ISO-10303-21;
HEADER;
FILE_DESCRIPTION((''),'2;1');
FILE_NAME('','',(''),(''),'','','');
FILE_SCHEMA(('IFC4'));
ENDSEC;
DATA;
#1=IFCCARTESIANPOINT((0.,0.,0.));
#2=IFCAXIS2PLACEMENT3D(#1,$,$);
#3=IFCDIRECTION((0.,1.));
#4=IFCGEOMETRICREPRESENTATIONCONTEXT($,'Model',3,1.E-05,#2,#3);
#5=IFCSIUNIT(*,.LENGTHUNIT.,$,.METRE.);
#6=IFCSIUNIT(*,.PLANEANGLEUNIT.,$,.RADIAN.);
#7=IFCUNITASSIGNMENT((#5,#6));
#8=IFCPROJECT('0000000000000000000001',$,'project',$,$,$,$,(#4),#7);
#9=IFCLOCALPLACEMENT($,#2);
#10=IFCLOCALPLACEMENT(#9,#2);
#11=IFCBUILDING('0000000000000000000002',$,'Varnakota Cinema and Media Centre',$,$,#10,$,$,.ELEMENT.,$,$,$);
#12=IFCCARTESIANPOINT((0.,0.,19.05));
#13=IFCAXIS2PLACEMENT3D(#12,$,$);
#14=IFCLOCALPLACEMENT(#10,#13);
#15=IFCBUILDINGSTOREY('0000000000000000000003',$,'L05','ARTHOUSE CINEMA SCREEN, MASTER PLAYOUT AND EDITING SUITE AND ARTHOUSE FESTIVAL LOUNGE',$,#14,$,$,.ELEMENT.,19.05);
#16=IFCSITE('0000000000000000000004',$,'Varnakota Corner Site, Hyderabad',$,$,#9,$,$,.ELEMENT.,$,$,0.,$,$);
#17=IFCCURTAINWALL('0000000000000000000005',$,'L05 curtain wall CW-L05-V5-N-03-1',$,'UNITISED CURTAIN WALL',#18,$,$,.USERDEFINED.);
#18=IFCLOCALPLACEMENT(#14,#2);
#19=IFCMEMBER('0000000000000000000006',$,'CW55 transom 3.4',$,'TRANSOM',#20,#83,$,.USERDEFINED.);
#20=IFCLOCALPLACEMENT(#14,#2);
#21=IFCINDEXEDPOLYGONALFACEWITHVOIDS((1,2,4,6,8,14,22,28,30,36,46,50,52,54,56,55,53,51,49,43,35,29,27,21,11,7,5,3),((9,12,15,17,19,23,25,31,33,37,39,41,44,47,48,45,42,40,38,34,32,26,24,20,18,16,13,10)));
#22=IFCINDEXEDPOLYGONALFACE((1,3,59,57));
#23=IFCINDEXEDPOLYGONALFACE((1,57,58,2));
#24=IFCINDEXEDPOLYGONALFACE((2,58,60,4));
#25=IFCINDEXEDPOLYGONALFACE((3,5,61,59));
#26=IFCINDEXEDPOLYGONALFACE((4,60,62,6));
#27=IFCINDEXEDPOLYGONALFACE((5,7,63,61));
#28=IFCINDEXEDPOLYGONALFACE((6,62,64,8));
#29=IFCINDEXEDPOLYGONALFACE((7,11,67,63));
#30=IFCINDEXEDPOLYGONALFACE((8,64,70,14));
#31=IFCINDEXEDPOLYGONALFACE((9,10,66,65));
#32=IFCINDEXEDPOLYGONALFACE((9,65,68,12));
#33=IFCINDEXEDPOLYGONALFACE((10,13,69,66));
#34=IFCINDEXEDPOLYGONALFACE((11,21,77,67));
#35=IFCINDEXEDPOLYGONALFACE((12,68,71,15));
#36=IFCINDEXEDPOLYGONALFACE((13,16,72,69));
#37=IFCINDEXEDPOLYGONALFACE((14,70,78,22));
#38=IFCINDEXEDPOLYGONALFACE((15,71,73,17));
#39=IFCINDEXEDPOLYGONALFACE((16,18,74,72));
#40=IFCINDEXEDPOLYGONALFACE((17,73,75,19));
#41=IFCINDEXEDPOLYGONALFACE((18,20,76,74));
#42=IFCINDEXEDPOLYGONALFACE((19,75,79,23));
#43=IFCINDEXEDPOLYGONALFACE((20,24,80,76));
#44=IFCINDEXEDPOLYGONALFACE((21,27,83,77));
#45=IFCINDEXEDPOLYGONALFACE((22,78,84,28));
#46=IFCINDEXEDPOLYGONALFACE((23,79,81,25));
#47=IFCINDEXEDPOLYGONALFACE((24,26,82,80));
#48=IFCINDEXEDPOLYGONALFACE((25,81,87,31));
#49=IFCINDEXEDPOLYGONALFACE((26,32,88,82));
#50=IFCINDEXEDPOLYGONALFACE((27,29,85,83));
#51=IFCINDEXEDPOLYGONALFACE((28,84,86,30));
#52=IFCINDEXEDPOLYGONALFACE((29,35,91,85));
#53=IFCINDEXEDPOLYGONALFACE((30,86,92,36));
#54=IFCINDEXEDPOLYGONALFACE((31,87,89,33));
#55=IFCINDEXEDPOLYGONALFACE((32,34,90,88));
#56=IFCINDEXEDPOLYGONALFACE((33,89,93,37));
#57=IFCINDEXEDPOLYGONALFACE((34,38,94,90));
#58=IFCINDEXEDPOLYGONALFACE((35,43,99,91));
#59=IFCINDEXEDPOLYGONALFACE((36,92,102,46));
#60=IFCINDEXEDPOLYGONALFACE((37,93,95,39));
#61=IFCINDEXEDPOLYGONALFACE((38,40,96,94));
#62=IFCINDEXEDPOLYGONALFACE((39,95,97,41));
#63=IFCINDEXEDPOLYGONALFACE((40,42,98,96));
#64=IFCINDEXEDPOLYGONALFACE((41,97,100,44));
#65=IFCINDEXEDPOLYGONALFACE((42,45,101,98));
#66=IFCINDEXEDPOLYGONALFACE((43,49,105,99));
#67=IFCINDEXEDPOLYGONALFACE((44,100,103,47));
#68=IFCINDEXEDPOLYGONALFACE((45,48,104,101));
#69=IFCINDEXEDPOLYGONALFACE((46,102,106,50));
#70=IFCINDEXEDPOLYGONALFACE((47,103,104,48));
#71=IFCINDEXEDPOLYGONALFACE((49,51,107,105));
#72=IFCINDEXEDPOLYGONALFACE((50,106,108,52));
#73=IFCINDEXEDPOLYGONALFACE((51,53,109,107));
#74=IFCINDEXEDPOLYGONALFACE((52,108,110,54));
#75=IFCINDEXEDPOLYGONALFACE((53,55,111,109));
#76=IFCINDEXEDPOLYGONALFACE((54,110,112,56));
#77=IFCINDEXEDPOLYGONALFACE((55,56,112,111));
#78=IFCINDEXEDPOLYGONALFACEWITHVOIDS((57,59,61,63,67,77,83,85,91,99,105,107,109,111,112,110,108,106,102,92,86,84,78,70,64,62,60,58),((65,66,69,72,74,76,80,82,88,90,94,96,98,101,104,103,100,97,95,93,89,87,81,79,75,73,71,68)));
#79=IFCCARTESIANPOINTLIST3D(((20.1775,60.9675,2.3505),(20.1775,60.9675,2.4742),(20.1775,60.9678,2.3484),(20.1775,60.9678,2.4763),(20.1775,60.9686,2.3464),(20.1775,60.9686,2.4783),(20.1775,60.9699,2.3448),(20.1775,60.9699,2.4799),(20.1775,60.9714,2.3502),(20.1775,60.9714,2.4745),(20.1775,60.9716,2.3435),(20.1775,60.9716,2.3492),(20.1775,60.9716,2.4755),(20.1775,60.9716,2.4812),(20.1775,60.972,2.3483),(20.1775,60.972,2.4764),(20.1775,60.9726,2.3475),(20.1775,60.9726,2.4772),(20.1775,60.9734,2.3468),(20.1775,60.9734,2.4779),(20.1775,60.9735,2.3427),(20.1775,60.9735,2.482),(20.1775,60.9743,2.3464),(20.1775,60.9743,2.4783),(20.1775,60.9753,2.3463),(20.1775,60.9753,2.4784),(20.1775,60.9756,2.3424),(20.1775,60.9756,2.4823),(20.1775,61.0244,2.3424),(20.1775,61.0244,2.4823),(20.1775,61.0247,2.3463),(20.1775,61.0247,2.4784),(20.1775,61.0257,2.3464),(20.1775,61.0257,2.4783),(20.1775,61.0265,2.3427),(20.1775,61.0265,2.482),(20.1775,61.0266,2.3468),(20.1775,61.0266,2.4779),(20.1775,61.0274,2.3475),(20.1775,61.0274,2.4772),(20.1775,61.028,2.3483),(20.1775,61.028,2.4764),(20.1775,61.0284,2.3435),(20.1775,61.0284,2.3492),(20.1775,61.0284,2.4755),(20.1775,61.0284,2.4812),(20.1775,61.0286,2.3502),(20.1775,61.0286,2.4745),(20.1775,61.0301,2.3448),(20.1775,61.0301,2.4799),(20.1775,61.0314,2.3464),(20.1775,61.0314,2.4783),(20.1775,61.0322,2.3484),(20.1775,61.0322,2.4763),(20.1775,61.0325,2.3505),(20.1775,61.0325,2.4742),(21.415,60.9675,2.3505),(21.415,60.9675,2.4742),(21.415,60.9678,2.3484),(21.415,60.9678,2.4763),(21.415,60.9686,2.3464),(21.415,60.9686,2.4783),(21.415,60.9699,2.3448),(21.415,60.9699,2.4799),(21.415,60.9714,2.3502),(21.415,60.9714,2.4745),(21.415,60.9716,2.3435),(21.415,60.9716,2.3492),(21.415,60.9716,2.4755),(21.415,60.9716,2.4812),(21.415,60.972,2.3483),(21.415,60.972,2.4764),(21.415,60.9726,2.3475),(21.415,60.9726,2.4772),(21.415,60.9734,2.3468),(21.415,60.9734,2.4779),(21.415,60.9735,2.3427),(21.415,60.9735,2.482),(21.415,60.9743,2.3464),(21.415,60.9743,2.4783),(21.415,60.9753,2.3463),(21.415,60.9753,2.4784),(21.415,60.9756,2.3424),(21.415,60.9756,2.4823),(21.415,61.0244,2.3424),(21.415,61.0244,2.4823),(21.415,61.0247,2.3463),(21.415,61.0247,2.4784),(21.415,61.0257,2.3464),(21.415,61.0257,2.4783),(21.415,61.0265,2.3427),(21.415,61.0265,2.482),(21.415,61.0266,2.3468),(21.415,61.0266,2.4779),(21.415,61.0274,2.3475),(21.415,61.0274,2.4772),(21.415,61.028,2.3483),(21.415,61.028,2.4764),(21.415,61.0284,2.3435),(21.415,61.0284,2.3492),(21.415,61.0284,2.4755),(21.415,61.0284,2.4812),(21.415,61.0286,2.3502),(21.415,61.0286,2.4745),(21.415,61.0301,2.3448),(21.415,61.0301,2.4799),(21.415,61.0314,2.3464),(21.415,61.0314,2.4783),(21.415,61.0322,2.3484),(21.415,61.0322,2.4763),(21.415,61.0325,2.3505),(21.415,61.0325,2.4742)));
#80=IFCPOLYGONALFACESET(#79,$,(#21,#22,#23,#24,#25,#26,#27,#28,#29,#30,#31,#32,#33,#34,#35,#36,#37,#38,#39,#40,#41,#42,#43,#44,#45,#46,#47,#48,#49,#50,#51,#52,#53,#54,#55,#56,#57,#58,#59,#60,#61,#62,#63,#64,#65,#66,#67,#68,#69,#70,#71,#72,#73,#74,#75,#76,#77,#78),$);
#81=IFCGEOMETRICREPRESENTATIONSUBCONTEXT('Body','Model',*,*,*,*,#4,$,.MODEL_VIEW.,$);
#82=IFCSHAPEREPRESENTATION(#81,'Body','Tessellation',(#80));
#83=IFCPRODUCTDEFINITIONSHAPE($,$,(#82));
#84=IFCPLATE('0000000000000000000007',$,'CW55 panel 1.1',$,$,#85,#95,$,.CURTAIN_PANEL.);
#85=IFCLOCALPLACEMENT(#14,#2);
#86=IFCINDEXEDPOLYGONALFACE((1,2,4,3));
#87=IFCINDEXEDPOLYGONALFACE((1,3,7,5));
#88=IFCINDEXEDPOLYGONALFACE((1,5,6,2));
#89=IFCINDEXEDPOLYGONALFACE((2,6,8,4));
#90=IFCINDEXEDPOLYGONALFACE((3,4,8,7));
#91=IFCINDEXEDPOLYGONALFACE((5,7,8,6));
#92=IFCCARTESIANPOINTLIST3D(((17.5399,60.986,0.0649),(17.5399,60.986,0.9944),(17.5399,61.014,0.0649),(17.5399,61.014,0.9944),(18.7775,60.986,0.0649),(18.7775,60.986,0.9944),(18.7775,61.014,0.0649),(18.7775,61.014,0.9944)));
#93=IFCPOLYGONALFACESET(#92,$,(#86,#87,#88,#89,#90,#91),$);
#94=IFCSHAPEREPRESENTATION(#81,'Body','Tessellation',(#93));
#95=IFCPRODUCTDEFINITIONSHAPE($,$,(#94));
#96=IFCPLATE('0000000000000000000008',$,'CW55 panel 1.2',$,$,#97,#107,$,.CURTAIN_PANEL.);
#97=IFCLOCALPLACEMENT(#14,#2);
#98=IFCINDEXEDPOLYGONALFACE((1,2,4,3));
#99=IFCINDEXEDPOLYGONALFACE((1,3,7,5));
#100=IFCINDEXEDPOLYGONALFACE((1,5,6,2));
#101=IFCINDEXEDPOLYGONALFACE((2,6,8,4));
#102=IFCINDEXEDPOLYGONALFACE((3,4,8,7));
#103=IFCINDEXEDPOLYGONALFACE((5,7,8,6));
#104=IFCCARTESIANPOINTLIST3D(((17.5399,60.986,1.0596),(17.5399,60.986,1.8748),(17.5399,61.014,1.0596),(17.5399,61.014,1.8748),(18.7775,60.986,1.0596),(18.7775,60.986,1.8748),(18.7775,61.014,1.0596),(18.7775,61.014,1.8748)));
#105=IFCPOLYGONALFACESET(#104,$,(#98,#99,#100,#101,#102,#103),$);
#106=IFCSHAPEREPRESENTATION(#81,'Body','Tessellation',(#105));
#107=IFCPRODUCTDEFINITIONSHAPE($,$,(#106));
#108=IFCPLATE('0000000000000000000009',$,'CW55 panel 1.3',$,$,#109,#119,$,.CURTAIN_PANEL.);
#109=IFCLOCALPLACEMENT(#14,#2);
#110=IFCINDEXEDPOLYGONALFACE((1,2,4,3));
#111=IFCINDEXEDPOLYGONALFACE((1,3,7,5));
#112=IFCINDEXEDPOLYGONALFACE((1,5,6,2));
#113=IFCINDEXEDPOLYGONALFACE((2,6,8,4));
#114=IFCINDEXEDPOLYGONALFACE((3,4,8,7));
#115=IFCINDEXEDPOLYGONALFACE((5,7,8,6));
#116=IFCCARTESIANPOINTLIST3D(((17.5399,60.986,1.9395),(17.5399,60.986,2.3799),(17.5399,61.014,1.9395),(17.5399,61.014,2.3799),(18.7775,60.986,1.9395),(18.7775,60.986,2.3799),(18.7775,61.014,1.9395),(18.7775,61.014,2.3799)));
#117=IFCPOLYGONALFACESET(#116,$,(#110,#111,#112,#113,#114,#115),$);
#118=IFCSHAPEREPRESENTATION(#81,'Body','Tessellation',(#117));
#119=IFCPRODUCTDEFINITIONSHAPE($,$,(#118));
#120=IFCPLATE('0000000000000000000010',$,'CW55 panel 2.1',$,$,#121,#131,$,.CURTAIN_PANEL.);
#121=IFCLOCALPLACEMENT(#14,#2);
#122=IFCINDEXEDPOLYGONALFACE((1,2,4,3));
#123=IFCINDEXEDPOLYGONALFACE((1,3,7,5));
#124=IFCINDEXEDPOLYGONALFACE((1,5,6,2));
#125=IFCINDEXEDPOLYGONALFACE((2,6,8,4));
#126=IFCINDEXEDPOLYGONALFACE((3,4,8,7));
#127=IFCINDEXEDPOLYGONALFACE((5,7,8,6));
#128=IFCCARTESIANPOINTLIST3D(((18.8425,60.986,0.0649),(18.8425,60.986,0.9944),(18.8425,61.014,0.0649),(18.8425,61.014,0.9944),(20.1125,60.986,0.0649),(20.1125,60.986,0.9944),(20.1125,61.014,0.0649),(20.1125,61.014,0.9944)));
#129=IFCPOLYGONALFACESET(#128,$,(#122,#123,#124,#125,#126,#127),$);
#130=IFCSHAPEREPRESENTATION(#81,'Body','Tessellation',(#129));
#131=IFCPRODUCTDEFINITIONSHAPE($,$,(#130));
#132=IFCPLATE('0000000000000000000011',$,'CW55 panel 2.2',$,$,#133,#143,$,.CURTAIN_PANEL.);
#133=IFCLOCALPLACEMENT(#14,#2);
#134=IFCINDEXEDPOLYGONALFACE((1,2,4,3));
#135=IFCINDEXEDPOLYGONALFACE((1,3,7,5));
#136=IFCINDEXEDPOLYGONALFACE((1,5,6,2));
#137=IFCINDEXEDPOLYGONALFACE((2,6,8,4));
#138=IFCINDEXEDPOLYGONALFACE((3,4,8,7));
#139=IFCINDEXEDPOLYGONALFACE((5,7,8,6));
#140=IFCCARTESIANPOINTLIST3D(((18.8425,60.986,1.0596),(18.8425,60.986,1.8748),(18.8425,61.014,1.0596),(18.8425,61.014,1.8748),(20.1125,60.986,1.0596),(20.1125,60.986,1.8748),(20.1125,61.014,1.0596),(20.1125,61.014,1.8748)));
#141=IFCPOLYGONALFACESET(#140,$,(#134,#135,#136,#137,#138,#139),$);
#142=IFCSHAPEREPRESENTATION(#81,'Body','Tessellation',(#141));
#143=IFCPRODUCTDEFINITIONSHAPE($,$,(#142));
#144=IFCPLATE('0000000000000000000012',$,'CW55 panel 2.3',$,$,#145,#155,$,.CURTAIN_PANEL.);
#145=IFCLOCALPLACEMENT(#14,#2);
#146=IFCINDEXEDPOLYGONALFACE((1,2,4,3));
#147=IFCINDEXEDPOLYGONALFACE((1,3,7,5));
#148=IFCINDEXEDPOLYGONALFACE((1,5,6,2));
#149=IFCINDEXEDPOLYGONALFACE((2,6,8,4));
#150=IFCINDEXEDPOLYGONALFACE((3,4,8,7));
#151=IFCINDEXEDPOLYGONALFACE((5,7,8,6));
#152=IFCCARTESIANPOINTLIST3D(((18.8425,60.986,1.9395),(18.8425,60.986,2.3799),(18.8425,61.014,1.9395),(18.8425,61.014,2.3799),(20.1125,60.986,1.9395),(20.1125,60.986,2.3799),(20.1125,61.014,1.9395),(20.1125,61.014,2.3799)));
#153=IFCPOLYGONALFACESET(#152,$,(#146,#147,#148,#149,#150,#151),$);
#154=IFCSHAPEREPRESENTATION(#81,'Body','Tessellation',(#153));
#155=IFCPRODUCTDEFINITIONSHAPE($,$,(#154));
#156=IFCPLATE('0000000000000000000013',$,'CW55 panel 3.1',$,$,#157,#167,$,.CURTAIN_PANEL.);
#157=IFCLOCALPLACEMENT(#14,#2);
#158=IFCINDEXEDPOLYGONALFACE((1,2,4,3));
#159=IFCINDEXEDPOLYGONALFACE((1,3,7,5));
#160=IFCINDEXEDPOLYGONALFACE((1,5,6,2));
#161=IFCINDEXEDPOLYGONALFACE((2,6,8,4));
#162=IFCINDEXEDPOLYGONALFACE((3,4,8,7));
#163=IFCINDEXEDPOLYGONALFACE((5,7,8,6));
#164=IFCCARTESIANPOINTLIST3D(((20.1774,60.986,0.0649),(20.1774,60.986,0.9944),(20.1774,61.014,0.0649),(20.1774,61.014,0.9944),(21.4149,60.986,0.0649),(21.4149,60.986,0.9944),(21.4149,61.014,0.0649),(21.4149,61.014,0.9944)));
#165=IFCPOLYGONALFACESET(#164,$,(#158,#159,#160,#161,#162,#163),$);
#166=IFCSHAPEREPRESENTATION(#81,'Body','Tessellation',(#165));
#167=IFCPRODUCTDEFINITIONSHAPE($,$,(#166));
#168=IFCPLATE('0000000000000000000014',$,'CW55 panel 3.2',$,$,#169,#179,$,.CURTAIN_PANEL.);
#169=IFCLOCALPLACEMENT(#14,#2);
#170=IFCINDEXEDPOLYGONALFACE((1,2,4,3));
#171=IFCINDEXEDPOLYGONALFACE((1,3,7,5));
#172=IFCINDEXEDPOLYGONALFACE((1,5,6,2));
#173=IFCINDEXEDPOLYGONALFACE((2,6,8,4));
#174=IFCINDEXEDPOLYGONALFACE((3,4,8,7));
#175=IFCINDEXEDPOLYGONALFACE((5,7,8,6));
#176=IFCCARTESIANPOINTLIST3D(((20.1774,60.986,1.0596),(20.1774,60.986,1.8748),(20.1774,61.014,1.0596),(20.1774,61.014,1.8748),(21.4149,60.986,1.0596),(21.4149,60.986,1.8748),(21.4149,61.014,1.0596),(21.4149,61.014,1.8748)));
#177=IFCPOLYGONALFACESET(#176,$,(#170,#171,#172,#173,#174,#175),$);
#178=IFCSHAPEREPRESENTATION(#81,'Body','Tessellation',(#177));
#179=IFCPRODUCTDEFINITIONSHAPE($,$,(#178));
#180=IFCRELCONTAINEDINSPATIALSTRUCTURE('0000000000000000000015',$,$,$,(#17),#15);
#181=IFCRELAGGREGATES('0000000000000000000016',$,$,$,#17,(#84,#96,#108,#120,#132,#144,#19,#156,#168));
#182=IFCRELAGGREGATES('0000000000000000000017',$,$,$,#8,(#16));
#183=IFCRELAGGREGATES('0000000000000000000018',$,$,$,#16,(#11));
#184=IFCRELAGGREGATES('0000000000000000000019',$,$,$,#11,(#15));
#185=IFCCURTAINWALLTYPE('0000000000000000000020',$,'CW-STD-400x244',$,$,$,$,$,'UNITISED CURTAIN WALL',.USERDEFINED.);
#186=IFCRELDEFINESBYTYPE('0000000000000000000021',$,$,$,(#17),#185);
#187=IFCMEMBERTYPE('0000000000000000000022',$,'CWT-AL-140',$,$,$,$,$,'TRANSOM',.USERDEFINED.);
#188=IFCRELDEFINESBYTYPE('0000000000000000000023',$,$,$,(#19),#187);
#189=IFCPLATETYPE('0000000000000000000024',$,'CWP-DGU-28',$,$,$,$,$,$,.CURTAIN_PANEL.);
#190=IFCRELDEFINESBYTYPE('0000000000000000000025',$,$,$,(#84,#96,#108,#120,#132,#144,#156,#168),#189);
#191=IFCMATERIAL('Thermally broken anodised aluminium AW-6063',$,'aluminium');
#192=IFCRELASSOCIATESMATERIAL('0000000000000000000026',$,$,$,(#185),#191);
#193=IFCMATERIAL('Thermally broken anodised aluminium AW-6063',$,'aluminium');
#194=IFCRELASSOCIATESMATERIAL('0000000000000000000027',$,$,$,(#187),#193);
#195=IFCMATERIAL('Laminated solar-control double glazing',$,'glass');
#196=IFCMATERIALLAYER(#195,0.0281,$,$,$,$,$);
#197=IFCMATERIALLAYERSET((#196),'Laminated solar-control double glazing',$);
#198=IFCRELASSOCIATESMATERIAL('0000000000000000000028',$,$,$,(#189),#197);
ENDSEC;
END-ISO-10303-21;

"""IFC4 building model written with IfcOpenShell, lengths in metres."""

from ifc_helpers import new_model, si_unit, direction, frame, origin, origin_2d, place, context, subcontext, project, spatial, rectangle, hollow_rectangle, extrude, material, layer, layer_set, material_profile, profile_set, type_object, element, aggregate, save


model = new_model("IFC4")

# Units and contexts
model_context = context("Model", 3, precision=1e-05, world=origin(), true_north=direction((0.0, 1.0)))
body_context = subcontext(model_context, "Body", "Model", "MODEL_VIEW")
ifc_project = project(units=[si_unit("LENGTHUNIT", "METRE"), si_unit("PLANEANGLEUNIT", "RADIAN")], contexts=[model_context])

# Site, building, storey
site_placement = place(None, origin())
site = spatial("IfcSite", under=ifc_project, at=site_placement, Name="Varnakota Corner Site, Hyderabad", CompositionType="ELEMENT", RefElevation=0.0)
building_placement = place(site_placement, origin())
building = spatial("IfcBuilding", under=site, at=building_placement, Name="Varnakota Cinema and Media Centre", CompositionType="ELEMENT")
storey_placement = place(building_placement, frame((0.0, 0.0, 19.05)))
storey = spatial("IfcBuildingStorey", under=building, at=storey_placement, Name="L05", Description="ARTHOUSE CINEMA SCREEN, MASTER PLAYOUT AND EDITING SUITE AND ARTHOUSE FESTIVAL LOUNGE", CompositionType="ELEMENT", Elevation=19.05)

# Curtain wall, member, plates
ifc_material_1 = material(Name="Thermally broken anodised aluminium AW-6063", Category="aluminium")
curtain_wall_type = type_object("IfcCurtainWallType", Name="CW-STD-400x244", ElementType="UNITISED CURTAIN WALL", PredefinedType="USERDEFINED", material=ifc_material_1)
curtain_wall_placement = place(storey_placement, origin())
curtain_wall = element("IfcCurtainWall", 1, at=curtain_wall_placement, inside=storey, type_object=curtain_wall_type, Name="L05 curtain wall CW-L05-V5-N-03-1", ObjectType="UNITISED CURTAIN WALL", PredefinedType="USERDEFINED")
ifc_material_2 = material(Name="Thermally broken anodised aluminium AW-6063", Category="aluminium")
ifc_material_profile_1 = material_profile(ifc_material_2, hollow_rectangle(XDim=0.0649, YDim=0.1399, WallThickness=0.0039, InnerFilletRadius=0.0039, OuterFilletRadius=0.0081, at=origin_2d()), Name="AL-TRANSOM 140x65x4")
ifc_profile_set_1 = profile_set([ifc_material_profile_1], Name="Thermally broken anodised aluminium AW-6063")
member_type_1 = type_object("IfcMemberType", Name="CWT-AL-140", ElementType="TRANSOM", PredefinedType="USERDEFINED", material=ifc_profile_set_1)
member_1_placement = place(storey_placement, frame((20.1775, 61.0, 2.4124), z_axis=(1.0, 0.0, 0.0), x_axis=(0.0, 1.0, 0.0)))
member_1 = element("IfcMember", 2, at=member_1_placement, type_object=member_type_1, Name="CW55 transom 3.4", ObjectType="TRANSOM", PredefinedType="USERDEFINED", context=body_context, shape_type="SweptSolid", body=[
    extrude(hollow_rectangle(XDim=0.0649, YDim=0.1399, WallThickness=0.0039, InnerFilletRadius=0.0039, OuterFilletRadius=0.0081, at=origin_2d()), origin(), (0.0, 0.0, 1.0), 1.2375),
])
ifc_material_3 = material(Name="Laminated solar-control double glazing", Category="glass")
ifc_layer = layer(ifc_material_3, 0.0281)
ifc_layer_set = layer_set([ifc_layer], Name="Laminated solar-control double glazing")
plate_type = type_object("IfcPlateType", Name="CWP-DGU-28", PredefinedType="CURTAIN_PANEL", material=ifc_layer_set)
plate_1_placement = place(storey_placement, frame((18.1587, 61.0, 0.0649), z_axis=(0.0, 0.0, 1.0), x_axis=(1.0, 0.0, 0.0)))
plate_1 = element("IfcPlate", 3, at=plate_1_placement, type_object=plate_type, Name="CW55 panel 1.1", PredefinedType="CURTAIN_PANEL", context=body_context, shape_type="SweptSolid", body=[
    extrude(rectangle(XDim=1.2375, YDim=0.0281, at=origin_2d()), origin(), (0.0, 0.0, 1.0), 0.9294),
])
plate_2_placement = place(storey_placement, frame((18.1587, 61.0, 1.0596), z_axis=(0.0, 0.0, 1.0), x_axis=(1.0, 0.0, 0.0)))
plate_2 = element("IfcPlate", 4, at=plate_2_placement, type_object=plate_type, Name="CW55 panel 1.2", PredefinedType="CURTAIN_PANEL", context=body_context, shape_type="SweptSolid", body=[
    extrude(rectangle(XDim=1.2375, YDim=0.0281, at=origin_2d()), origin(), (0.0, 0.0, 1.0), 0.8152),
])
plate_3_placement = place(storey_placement, frame((18.1587, 61.0, 1.9395), z_axis=(0.0, 0.0, 1.0), x_axis=(1.0, 0.0, 0.0)))
plate_3 = element("IfcPlate", 5, at=plate_3_placement, type_object=plate_type, Name="CW55 panel 1.3", PredefinedType="CURTAIN_PANEL", context=body_context, shape_type="SweptSolid", body=[
    extrude(rectangle(XDim=1.2375, YDim=0.0281, at=origin_2d()), origin(), (0.0, 0.0, 1.0), 0.4404),
])
plate_4_placement = place(storey_placement, frame((19.4775, 61.0, 0.0649), z_axis=(0.0, 0.0, 1.0), x_axis=(1.0, 0.0, 0.0)))
plate_4 = element("IfcPlate", 6, at=plate_4_placement, type_object=plate_type, Name="CW55 panel 2.1", PredefinedType="CURTAIN_PANEL", context=body_context, shape_type="SweptSolid", body=[
    extrude(rectangle(XDim=1.27, YDim=0.0281, at=origin_2d()), origin(), (0.0, 0.0, 1.0), 0.9294),
])
plate_5_placement = place(storey_placement, frame((19.4775, 61.0, 1.0596), z_axis=(0.0, 0.0, 1.0), x_axis=(1.0, 0.0, 0.0)))
plate_5 = element("IfcPlate", 7, at=plate_5_placement, type_object=plate_type, Name="CW55 panel 2.2", PredefinedType="CURTAIN_PANEL", context=body_context, shape_type="SweptSolid", body=[
    extrude(rectangle(XDim=1.27, YDim=0.0281, at=origin_2d()), origin(), (0.0, 0.0, 1.0), 0.8152),
])
plate_6_placement = place(storey_placement, frame((19.4775, 61.0, 1.9395), z_axis=(0.0, 0.0, 1.0), x_axis=(1.0, 0.0, 0.0)))
plate_6 = element("IfcPlate", 8, at=plate_6_placement, type_object=plate_type, Name="CW55 panel 2.3", PredefinedType="CURTAIN_PANEL", context=body_context, shape_type="SweptSolid", body=[
    extrude(rectangle(XDim=1.27, YDim=0.0281, at=origin_2d()), origin(), (0.0, 0.0, 1.0), 0.4404),
])
plate_7_placement = place(storey_placement, frame((20.7961, 61.0, 0.0649), z_axis=(0.0, 0.0, 1.0), x_axis=(1.0, 0.0, 0.0)))
plate_7 = element("IfcPlate", 9, at=plate_7_placement, type_object=plate_type, Name="CW55 panel 3.1", PredefinedType="CURTAIN_PANEL", context=body_context, shape_type="SweptSolid", body=[
    extrude(rectangle(XDim=1.2375, YDim=0.0281, at=origin_2d()), origin(), (0.0, 0.0, 1.0), 0.9294),
])
plate_8_placement = place(storey_placement, frame((20.7961, 61.0, 1.0596), z_axis=(0.0, 0.0, 1.0), x_axis=(1.0, 0.0, 0.0)))
plate_8 = element("IfcPlate", 10, at=plate_8_placement, type_object=plate_type, Name="CW55 panel 3.2", PredefinedType="CURTAIN_PANEL", context=body_context, shape_type="SweptSolid", body=[
    extrude(rectangle(XDim=1.2375, YDim=0.0281, at=origin_2d()), origin(), (0.0, 0.0, 1.0), 0.8152),
])
aggregate(curtain_wall, [plate_1, plate_2, plate_3, plate_4, plate_5, plate_6, member_1, plate_7, plate_8])

save(model, "model.ifc")
